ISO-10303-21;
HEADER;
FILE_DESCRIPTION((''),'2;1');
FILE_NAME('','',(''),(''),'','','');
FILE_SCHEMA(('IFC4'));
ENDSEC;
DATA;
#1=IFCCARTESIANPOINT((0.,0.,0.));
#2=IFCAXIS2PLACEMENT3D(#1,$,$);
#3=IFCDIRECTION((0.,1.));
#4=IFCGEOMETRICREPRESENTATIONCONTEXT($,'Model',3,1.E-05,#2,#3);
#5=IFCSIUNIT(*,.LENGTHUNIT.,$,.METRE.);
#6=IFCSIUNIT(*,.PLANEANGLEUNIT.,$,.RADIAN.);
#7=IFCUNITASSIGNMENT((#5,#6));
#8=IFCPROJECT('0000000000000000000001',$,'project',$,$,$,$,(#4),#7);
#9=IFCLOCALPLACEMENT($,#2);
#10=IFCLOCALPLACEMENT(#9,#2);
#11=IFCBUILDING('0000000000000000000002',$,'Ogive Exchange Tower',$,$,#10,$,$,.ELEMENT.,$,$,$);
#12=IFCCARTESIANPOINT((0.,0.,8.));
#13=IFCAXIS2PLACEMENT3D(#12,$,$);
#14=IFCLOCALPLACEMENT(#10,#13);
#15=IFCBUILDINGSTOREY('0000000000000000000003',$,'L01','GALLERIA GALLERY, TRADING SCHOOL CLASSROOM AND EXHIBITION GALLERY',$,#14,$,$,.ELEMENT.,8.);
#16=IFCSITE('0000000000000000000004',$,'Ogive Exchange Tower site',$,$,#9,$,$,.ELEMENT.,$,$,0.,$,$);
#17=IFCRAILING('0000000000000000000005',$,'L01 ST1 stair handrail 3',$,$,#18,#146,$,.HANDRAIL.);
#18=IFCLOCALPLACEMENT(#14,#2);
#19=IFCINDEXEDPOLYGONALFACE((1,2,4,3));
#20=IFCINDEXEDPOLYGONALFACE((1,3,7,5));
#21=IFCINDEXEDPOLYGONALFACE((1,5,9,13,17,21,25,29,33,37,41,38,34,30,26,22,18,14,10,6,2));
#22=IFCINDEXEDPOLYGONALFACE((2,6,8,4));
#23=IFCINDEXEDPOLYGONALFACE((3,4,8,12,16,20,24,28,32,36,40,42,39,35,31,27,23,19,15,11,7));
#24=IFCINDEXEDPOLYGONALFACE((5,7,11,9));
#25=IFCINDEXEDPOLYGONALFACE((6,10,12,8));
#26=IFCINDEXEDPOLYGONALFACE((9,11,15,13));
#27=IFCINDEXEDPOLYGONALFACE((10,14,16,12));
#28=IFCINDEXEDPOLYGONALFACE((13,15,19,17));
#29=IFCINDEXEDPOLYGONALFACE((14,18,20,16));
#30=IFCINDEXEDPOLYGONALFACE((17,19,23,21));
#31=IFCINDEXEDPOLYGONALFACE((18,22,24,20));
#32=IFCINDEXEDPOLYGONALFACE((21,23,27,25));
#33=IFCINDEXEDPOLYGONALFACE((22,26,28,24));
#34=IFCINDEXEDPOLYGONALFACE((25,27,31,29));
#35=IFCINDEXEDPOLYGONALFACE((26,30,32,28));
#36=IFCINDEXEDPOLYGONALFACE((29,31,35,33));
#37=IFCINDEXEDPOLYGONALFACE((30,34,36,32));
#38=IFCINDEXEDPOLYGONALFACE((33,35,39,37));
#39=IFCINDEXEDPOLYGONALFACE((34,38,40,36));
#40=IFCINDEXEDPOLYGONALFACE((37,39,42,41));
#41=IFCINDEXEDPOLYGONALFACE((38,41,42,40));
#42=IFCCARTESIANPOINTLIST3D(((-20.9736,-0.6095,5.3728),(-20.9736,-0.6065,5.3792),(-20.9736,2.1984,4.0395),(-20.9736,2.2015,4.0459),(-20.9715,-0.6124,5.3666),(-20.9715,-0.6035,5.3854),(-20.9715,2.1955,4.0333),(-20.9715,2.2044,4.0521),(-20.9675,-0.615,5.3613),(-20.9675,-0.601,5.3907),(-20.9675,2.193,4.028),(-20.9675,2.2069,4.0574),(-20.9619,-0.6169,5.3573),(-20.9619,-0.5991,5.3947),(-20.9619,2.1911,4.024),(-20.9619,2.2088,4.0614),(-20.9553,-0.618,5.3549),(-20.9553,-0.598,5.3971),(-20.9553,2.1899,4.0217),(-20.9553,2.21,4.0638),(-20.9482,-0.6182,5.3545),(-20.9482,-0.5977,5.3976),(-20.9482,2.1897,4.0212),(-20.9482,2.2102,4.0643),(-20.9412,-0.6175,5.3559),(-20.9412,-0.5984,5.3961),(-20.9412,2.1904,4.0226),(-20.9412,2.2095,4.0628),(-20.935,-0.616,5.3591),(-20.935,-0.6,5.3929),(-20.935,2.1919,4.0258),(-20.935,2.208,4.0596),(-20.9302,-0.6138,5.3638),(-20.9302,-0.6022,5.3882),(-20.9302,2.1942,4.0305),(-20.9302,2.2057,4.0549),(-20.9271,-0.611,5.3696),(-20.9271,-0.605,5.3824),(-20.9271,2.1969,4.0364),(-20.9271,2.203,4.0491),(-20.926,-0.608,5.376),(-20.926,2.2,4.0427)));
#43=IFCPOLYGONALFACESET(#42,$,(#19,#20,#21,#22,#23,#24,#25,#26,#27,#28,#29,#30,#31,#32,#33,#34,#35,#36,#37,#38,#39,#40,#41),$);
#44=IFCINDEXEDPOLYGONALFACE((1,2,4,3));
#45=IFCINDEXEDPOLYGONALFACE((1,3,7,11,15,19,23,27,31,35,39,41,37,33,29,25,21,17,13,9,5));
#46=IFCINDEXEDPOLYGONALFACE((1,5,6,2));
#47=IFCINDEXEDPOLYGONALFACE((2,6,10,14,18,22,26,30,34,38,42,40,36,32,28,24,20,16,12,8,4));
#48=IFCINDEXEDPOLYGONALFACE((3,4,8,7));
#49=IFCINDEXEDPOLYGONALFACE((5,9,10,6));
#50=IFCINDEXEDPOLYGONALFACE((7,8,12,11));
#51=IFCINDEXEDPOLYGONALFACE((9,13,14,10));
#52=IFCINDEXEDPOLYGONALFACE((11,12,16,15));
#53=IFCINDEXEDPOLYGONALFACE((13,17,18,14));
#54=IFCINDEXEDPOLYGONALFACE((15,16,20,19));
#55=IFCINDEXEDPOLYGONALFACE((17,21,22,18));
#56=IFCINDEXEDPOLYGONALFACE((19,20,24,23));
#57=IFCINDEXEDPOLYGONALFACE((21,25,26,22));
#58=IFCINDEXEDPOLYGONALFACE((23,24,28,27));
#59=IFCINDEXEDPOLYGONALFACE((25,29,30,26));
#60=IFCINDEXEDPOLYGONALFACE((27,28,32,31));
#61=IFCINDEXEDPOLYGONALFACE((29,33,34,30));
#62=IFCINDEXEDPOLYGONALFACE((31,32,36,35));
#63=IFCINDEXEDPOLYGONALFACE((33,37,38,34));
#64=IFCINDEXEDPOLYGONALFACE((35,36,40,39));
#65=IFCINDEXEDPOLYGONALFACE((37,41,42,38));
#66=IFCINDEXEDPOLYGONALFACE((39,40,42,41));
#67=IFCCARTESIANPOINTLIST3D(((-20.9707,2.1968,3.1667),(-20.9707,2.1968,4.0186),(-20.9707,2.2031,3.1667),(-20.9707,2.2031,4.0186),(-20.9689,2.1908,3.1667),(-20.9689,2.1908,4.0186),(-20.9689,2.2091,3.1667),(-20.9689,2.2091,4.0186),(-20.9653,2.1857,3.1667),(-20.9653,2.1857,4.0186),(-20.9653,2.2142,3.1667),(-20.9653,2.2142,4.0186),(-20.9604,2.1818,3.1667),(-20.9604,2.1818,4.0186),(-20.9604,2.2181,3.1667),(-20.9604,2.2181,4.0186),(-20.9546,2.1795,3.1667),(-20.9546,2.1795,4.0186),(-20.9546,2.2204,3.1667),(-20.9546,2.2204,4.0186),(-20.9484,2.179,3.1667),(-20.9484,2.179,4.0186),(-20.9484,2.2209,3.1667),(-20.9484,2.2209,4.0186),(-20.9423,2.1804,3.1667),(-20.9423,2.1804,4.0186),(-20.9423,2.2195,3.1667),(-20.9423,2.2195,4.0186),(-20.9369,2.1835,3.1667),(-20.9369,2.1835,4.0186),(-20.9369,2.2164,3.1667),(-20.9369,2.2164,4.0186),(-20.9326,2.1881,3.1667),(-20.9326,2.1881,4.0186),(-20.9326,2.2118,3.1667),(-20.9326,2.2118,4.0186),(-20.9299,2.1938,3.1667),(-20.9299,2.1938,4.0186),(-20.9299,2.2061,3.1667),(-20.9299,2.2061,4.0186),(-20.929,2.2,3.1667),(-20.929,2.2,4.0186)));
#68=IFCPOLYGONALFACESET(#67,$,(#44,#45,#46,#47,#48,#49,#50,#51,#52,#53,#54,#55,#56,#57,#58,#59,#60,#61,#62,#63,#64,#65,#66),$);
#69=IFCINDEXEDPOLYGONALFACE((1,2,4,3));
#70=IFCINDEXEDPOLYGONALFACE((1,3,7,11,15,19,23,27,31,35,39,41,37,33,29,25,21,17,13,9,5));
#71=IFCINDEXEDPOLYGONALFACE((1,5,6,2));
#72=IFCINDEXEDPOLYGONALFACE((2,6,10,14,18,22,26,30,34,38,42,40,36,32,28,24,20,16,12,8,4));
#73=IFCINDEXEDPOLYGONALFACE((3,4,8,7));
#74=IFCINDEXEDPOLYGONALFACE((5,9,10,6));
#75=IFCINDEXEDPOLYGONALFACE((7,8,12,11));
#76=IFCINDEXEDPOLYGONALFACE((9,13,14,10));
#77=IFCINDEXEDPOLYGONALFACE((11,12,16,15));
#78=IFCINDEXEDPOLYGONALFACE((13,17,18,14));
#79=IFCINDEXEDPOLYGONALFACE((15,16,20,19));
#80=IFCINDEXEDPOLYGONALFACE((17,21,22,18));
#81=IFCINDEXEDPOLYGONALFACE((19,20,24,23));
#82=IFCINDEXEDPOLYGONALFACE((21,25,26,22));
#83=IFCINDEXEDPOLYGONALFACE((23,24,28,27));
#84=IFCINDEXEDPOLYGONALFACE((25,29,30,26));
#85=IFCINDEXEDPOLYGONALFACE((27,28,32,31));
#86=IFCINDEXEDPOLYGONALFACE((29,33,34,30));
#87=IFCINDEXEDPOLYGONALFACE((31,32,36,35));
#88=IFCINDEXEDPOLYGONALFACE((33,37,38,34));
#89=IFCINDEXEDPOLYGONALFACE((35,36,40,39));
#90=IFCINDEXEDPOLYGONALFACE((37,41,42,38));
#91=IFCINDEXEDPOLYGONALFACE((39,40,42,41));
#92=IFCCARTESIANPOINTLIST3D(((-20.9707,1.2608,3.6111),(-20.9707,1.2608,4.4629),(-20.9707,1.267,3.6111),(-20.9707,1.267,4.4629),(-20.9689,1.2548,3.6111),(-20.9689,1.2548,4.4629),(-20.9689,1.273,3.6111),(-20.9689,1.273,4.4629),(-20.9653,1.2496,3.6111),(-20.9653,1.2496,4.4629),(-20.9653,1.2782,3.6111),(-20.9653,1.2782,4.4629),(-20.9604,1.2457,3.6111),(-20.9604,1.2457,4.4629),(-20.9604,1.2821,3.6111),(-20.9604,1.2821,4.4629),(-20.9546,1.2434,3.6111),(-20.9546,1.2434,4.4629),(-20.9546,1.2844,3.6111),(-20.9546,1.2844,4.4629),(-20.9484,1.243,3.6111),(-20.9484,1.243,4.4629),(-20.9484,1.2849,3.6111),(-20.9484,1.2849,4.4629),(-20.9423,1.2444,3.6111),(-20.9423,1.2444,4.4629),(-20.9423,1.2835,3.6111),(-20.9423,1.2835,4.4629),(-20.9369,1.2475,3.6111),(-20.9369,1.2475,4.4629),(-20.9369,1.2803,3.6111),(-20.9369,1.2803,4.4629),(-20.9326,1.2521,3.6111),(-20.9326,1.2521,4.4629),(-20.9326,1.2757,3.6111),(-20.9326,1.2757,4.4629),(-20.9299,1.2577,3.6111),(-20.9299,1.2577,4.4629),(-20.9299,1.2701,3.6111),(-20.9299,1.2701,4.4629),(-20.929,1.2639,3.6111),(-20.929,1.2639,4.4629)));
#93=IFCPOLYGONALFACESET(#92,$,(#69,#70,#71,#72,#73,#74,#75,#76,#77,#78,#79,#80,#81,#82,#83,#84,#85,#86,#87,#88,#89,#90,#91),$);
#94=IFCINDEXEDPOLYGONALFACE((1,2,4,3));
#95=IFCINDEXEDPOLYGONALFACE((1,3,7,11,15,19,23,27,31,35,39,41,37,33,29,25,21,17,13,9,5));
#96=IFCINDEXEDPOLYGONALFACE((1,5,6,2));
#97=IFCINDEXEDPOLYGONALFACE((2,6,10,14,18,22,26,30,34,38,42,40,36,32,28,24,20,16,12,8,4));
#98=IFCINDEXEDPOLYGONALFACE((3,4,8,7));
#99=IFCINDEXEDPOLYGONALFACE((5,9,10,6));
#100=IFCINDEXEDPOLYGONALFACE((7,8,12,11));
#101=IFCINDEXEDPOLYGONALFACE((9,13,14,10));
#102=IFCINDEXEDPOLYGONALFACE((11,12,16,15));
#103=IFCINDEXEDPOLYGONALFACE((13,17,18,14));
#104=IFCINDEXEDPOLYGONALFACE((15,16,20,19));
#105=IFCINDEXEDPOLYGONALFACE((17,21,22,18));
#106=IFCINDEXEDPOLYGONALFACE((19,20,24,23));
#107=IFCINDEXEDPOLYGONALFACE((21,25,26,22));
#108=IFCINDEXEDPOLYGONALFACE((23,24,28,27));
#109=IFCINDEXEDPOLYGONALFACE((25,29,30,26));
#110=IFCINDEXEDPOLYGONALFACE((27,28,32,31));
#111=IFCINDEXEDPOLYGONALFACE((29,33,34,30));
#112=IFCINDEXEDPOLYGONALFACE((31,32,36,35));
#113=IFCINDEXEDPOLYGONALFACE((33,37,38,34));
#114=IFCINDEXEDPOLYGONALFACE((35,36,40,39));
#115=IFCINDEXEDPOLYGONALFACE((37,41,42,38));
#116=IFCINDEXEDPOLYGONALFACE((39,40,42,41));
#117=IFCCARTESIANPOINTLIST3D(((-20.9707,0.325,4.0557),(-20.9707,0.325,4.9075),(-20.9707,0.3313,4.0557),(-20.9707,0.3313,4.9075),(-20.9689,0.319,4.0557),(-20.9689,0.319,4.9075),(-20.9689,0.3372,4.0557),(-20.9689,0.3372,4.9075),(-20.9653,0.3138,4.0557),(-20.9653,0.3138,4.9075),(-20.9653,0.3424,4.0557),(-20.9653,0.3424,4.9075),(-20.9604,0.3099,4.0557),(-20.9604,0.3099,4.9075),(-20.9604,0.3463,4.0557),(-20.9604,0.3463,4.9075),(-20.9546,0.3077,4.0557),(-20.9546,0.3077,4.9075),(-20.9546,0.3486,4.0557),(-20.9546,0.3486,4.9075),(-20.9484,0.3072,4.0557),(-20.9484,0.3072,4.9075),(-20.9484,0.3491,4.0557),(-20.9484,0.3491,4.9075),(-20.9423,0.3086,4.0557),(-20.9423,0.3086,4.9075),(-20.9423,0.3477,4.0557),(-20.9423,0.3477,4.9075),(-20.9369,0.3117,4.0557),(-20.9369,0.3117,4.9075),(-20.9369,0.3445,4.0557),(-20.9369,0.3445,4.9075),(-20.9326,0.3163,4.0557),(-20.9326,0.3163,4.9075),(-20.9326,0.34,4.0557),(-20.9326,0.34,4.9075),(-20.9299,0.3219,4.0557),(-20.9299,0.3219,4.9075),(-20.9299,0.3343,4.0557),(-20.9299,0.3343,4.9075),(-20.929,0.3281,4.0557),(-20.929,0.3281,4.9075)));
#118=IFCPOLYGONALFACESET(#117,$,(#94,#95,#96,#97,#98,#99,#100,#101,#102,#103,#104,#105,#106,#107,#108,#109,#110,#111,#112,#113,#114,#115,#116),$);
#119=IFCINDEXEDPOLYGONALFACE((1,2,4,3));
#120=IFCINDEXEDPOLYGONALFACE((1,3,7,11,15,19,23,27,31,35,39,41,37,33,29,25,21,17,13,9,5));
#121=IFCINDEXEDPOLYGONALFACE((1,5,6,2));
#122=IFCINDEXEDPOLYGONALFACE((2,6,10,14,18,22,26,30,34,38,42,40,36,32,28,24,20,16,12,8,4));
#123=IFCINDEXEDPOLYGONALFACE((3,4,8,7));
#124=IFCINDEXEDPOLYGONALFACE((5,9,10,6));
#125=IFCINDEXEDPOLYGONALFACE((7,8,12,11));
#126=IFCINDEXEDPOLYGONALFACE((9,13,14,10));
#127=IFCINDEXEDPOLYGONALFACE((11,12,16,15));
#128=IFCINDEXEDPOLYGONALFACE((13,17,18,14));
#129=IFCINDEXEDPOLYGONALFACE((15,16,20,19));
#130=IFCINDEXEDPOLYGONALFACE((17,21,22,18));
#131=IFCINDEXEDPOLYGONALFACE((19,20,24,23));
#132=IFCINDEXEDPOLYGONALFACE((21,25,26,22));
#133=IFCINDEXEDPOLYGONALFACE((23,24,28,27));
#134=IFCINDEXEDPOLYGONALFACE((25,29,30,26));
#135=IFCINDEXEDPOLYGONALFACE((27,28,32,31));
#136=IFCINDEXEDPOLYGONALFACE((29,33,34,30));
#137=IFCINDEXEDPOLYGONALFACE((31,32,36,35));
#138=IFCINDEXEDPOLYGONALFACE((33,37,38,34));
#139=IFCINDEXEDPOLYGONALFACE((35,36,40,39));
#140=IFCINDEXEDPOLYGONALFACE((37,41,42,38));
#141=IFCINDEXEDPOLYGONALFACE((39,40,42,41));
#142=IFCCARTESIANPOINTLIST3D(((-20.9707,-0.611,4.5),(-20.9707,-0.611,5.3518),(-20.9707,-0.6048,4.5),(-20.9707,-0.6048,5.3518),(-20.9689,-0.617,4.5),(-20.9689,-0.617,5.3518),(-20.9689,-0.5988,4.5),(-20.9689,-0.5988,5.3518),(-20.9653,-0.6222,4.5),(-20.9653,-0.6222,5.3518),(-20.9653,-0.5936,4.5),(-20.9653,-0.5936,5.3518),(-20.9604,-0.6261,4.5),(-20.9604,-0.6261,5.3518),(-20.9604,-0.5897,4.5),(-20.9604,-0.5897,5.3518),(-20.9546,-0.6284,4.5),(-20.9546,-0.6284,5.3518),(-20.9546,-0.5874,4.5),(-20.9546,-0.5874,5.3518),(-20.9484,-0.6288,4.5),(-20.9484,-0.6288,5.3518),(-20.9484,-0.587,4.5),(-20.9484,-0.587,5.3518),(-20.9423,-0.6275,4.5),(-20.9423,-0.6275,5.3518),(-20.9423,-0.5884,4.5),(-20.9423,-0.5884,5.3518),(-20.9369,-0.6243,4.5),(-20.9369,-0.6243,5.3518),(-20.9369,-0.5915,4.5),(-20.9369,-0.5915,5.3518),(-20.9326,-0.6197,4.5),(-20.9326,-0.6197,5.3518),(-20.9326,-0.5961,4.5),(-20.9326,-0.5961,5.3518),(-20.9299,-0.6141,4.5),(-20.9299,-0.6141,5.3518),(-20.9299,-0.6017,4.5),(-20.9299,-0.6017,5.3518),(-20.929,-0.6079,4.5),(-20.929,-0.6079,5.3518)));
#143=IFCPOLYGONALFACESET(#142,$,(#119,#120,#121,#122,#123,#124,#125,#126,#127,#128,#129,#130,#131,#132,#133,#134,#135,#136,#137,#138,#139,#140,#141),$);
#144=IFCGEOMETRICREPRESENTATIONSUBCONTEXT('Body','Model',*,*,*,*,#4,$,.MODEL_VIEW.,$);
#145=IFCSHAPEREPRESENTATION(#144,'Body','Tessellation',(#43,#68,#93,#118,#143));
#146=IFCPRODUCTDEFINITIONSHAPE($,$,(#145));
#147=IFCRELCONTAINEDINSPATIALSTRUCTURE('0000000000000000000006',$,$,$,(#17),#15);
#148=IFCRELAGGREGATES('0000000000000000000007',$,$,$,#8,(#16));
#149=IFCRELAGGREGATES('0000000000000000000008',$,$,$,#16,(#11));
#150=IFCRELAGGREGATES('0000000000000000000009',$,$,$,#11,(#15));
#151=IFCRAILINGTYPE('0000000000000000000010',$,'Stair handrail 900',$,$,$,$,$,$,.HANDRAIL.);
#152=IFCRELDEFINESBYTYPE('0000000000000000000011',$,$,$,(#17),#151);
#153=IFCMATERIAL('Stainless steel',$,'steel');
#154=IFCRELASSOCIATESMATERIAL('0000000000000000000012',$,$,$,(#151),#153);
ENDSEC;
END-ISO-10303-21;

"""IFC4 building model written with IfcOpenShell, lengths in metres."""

from ifc_helpers import new_model, si_unit, direction, frame, origin, origin_2d, place, context, subcontext, project, spatial, circle, extrude, material, type_object, element, save


model = new_model("IFC4")

# Units and contexts
model_context = context("Model", 3, precision=1e-05, world=origin(), true_north=direction((0.0, 1.0)))
body_context = subcontext(model_context, "Body", "Model", "MODEL_VIEW")
ifc_project = project(units=[si_unit("LENGTHUNIT", "METRE"), si_unit("PLANEANGLEUNIT", "RADIAN")], contexts=[model_context])

# Site, building, storey
site_placement = place(None, origin())
site = spatial("IfcSite", under=ifc_project, at=site_placement, Name="Ogive Exchange Tower site", CompositionType="ELEMENT", RefElevation=0.0)
building_placement = place(site_placement, origin())
building = spatial("IfcBuilding", under=site, at=building_placement, Name="Ogive Exchange Tower", CompositionType="ELEMENT")
storey_placement = place(building_placement, frame((0.0, 0.0, 8.0)))
storey = spatial("IfcBuildingStorey", under=building, at=storey_placement, Name="L01", Description="GALLERIA GALLERY, TRADING SCHOOL CLASSROOM AND EXHIBITION GALLERY", CompositionType="ELEMENT", Elevation=8.0)

# Shared definitions
ifc_material_1 = material(Name="Stainless steel", Category="steel")

# Railing
railing_type = type_object("IfcRailingType", Name="Stair handrail 900", PredefinedType="HANDRAIL", material=ifc_material_1)
for number, where, name in (
    (1, (-20.95, 2.2, 3.1667), "L01 ST1 stair handrail 3"),
):
    element("IfcRailing", number, at=place(storey_placement, frame(where)), inside=storey, type_object=railing_type, Name=name, PredefinedType="HANDRAIL", context=body_context, shape_type="SweptSolid", body=[
        extrude(circle(Radius=0.0239, at=origin_2d()), frame((0.0, 0.0, 0.876), z_axis=(0.0, -0.903338, 0.42893), x_axis=(1.0, 0.0, 0.0)), (0.0, 0.0, 1.0), 3.1084),
        extrude(circle(Radius=0.021, at=origin_2d()), origin(), (0.0, 0.0, 1.0), 0.8518),
        extrude(circle(Radius=0.021, at=origin_2d()), frame((0.0, -0.936, 0.4443)), (0.0, 0.0, 1.0), 0.8518),
        extrude(circle(Radius=0.021, at=origin_2d()), frame((0.0, -1.8718, 0.8889)), (0.0, 0.0, 1.0), 0.8518),
        extrude(circle(Radius=0.021, at=origin_2d()), frame((0.0, -2.8079, 1.3333)), (0.0, 0.0, 1.0), 0.8518),
    ])

save(model, "model.ifc")
